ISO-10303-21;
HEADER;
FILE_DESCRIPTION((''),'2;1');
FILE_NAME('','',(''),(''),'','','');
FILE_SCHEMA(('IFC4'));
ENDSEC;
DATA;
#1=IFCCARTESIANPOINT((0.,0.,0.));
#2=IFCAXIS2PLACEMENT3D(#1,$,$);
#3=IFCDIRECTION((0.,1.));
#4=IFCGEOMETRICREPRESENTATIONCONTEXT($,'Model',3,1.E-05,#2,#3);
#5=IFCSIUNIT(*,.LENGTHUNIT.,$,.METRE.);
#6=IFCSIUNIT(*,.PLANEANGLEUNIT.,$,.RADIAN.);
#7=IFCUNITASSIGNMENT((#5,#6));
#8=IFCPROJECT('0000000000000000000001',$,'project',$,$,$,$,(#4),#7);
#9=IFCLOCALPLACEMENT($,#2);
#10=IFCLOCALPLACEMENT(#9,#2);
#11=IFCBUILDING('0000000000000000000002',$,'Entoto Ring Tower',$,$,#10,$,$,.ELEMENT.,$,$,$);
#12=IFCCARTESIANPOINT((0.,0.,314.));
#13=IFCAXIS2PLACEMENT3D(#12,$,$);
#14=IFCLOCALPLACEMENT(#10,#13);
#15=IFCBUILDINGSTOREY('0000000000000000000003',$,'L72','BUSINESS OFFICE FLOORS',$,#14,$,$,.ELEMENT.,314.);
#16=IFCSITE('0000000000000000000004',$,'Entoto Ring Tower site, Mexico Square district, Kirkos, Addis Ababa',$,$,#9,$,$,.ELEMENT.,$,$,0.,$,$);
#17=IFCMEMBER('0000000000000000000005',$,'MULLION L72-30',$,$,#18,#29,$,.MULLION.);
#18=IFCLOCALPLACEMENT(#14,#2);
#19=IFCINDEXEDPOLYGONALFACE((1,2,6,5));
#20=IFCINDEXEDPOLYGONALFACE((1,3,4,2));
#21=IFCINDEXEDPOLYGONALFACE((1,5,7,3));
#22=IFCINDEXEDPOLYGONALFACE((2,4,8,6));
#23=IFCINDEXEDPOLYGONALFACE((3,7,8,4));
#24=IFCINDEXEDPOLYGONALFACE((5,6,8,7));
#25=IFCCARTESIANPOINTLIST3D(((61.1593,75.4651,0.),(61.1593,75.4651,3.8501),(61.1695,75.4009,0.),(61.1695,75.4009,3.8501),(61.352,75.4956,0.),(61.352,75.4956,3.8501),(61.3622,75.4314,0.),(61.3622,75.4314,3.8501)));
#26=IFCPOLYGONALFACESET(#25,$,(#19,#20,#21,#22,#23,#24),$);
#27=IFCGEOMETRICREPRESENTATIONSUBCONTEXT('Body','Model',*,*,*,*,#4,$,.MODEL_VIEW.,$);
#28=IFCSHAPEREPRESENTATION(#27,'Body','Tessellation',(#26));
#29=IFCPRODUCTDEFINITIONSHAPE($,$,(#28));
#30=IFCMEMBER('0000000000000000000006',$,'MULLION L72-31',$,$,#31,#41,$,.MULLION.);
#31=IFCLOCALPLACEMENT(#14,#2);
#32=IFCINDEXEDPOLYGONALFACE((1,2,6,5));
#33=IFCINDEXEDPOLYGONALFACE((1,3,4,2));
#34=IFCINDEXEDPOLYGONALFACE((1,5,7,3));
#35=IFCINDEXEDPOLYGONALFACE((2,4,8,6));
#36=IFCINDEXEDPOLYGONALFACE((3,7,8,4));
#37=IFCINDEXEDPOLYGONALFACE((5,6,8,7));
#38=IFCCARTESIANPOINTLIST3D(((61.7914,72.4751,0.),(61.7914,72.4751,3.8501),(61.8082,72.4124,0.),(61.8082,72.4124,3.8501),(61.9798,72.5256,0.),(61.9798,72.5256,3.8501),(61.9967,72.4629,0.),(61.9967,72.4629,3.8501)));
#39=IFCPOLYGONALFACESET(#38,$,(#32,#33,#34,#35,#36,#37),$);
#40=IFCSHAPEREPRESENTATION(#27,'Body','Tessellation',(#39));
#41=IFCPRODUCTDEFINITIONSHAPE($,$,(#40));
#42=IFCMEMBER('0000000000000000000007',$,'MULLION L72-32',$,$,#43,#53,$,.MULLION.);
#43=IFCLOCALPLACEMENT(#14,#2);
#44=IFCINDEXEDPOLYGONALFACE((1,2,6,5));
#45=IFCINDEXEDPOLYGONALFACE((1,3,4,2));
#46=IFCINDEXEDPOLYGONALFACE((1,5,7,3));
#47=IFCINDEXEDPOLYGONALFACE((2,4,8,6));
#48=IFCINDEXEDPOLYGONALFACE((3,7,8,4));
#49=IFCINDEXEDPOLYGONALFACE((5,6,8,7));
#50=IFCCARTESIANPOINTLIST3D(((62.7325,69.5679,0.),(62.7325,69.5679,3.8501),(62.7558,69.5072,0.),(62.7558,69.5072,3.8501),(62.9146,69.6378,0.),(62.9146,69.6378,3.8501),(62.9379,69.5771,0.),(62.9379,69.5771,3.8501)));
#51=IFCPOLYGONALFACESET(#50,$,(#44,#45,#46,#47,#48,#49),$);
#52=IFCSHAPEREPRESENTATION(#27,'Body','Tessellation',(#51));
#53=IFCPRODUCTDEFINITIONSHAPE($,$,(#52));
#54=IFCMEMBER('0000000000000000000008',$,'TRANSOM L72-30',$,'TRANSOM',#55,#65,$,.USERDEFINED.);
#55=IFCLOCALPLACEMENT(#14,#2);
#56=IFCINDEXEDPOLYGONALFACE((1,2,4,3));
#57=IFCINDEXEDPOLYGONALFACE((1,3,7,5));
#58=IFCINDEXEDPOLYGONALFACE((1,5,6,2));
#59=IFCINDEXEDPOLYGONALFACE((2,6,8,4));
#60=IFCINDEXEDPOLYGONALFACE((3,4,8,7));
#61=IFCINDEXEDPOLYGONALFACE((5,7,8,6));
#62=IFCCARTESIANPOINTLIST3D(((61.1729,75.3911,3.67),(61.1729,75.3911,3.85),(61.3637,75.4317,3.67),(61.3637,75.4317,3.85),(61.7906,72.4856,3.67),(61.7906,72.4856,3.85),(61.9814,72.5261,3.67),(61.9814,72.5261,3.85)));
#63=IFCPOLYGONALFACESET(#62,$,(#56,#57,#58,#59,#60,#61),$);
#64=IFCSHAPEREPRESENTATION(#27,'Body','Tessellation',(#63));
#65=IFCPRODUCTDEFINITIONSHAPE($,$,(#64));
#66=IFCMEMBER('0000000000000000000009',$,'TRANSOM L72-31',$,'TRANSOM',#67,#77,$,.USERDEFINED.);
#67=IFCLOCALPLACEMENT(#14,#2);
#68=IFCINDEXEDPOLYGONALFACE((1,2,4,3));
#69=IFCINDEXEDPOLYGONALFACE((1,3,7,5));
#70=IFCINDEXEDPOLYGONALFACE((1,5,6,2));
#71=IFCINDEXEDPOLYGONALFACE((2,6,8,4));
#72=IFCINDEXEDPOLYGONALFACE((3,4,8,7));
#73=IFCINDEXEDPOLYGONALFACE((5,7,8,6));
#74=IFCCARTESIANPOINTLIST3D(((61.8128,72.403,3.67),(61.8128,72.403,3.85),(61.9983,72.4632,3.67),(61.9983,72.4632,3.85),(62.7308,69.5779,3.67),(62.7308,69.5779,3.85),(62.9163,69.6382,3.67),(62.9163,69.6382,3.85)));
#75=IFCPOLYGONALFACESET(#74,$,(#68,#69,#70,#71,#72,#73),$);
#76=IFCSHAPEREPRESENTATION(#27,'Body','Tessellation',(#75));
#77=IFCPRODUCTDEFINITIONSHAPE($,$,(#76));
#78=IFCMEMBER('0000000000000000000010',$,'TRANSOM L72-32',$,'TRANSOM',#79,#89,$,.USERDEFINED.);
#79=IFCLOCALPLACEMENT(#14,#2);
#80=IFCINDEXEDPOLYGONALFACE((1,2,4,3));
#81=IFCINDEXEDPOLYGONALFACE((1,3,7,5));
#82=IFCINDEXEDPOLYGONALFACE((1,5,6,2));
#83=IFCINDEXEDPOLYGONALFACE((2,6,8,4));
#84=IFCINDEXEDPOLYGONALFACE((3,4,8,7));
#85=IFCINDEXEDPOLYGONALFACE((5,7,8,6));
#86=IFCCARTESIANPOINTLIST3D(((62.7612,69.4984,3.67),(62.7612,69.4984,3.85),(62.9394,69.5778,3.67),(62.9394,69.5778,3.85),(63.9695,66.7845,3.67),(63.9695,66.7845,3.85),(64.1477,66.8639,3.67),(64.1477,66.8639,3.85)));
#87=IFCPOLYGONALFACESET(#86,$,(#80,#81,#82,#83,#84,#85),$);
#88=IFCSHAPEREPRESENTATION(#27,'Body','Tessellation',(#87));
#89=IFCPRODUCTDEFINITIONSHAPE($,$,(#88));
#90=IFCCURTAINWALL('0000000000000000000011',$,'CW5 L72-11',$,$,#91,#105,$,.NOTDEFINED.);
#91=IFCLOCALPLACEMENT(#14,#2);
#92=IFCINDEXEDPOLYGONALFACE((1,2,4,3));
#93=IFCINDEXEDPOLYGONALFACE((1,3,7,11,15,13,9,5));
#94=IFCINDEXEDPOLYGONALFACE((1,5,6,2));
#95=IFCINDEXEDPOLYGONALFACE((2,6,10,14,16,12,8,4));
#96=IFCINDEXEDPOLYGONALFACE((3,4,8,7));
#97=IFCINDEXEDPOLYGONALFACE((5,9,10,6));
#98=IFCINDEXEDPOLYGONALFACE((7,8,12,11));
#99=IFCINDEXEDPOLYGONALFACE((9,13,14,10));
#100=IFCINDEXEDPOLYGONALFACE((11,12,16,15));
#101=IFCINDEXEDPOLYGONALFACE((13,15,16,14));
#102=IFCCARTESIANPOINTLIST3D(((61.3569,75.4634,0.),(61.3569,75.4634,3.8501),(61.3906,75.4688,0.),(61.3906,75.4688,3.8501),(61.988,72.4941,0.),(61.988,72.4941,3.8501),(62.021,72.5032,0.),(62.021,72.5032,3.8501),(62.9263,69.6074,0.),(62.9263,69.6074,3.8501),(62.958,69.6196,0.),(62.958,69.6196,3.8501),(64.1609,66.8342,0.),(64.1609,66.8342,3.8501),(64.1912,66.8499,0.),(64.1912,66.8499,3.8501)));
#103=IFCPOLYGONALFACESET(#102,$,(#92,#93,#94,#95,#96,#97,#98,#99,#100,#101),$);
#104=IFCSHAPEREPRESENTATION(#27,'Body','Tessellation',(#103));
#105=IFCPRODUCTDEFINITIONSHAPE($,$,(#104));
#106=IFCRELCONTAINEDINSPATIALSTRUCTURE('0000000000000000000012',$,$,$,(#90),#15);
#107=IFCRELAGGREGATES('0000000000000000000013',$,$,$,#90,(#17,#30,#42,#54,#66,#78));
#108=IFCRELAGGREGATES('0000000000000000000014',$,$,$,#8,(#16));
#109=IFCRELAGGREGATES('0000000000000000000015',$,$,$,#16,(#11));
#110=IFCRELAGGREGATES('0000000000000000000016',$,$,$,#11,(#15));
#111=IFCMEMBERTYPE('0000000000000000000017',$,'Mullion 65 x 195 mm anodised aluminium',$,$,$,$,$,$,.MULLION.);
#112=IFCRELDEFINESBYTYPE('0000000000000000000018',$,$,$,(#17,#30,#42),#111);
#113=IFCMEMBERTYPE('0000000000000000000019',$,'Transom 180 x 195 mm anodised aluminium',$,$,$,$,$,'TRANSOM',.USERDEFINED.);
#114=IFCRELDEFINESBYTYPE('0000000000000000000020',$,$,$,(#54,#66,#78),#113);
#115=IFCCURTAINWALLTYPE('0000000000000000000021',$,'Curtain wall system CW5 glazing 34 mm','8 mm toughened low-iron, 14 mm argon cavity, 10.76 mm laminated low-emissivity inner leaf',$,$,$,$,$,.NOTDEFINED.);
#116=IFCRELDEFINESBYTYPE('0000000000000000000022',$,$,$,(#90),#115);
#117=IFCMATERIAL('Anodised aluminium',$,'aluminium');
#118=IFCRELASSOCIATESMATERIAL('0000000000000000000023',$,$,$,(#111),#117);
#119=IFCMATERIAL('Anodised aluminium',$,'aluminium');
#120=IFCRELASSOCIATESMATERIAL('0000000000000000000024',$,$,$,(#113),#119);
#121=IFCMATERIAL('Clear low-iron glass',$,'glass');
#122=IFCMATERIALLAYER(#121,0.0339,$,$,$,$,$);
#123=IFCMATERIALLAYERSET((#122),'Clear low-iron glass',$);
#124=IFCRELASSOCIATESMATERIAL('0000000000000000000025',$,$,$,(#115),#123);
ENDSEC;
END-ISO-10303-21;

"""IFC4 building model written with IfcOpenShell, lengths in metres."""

from ifc_helpers import new_model, si_unit, direction, frame, origin, origin_2d, place, context, subcontext, project, spatial, polyline, rectangle, outline, extrude, material, layer, layer_set, material_profile, profile_set, type_object, element, aggregate, save


model = new_model("IFC4")

# Units and contexts
model_context = context("Model", 3, precision=1e-05, world=origin(), true_north=direction((0.0, 1.0)))
body_context = subcontext(model_context, "Body", "Model", "MODEL_VIEW")
ifc_project = project(units=[si_unit("LENGTHUNIT", "METRE"), si_unit("PLANEANGLEUNIT", "RADIAN")], contexts=[model_context])

# Members
ifc_material_1 = material(Name="Anodised aluminium", Category="aluminium")
ifc_material_profile_1 = material_profile(ifc_material_1, rectangle(XDim=0.0649, YDim=0.1951, at=origin_2d()), Name="Mullion 65 x 195 mm anodised aluminium")
ifc_profile_set_1 = profile_set([ifc_material_profile_1], Name="Anodised aluminium")
member_type_1 = type_object("IfcMemberType", Name="Mullion 65 x 195 mm anodised aluminium", PredefinedType="MULLION", material=ifc_profile_set_1)
site_placement = place(None, origin())
building_placement = place(site_placement, origin())
storey_placement = place(building_placement, frame((0.0, 0.0, 314.0)))
member_1_placement = place(storey_placement, frame((61.2607, 75.4482, 0.0), z_axis=(0.0, 0.0, 1.0), x_axis=(0.156434, -0.987688, 0.0)))
member_1 = element("IfcMember", 1, at=member_1_placement, type_object=member_type_1, Name="MULLION L72-30", PredefinedType="MULLION", context=body_context, shape_type="SweptSolid", body=[
    extrude(rectangle(XDim=0.0649, YDim=0.1951, at=origin_2d()), origin(), (0.0, 0.0, 1.0), 3.8501),
])
member_2_placement = place(storey_placement, frame((61.894, 72.469, 0.0), z_axis=(0.0, 0.0, 1.0), x_axis=(0.258819, -0.965926, 0.0)))
member_2 = element("IfcMember", 2, at=member_2_placement, type_object=member_type_1, Name="MULLION L72-31", PredefinedType="MULLION", context=body_context, shape_type="SweptSolid", body=[
    extrude(rectangle(XDim=0.0649, YDim=0.1951, at=origin_2d()), origin(), (0.0, 0.0, 1.0), 3.8501),
])
member_3_placement = place(storey_placement, frame((62.8352, 69.5725, 0.0), z_axis=(0.0, 0.0, 1.0), x_axis=(0.358368, -0.93358, 0.0)))
member_3 = element("IfcMember", 3, at=member_3_placement, type_object=member_type_1, Name="MULLION L72-32", PredefinedType="MULLION", context=body_context, shape_type="SweptSolid", body=[
    extrude(rectangle(XDim=0.0649, YDim=0.1951, at=origin_2d()), origin(), (0.0, 0.0, 1.0), 3.8501),
])
ifc_material_2 = material(Name="Anodised aluminium", Category="aluminium")
ifc_material_profile_2 = material_profile(ifc_material_2, rectangle(XDim=0.1951, YDim=0.1799, at=origin_2d()), Name="Transom 180 x 195 mm anodised aluminium")
ifc_profile_set_2 = profile_set([ifc_material_profile_2], Name="Anodised aluminium")
member_type_2 = type_object("IfcMemberType", Name="Transom 180 x 195 mm anodised aluminium", ElementType="TRANSOM", PredefinedType="USERDEFINED", material=ifc_profile_set_2)
member_4_placement = place(storey_placement, frame((61.2683, 75.4114, 3.76), z_axis=(0.20794, -0.978142, 0.0), x_axis=(0.978142, 0.20794, 0.0)))
member_4 = element("IfcMember", 4, at=member_4_placement, type_object=member_type_2, Name="TRANSOM L72-30", ObjectType="TRANSOM", PredefinedType="USERDEFINED", context=body_context, shape_type="SweptSolid", body=[
    extrude(rectangle(XDim=0.1951, YDim=0.1799, at=origin_2d()), origin(), (0.0, 0.0, 1.0), 2.9705),
])
member_5_placement = place(storey_placement, frame((61.9055, 72.4331, 3.76), z_axis=(0.309043, -0.951048, 0.0), x_axis=(0.951048, 0.309043, 0.0)))
member_5 = element("IfcMember", 5, at=member_5_placement, type_object=member_type_2, Name="TRANSOM L72-31", ObjectType="TRANSOM", PredefinedType="USERDEFINED", context=body_context, shape_type="SweptSolid", body=[
    extrude(rectangle(XDim=0.1951, YDim=0.1799, at=origin_2d()), origin(), (0.0, 0.0, 1.0), 2.9705),
])
member_6_placement = place(storey_placement, frame((62.8503, 69.5381, 3.76), z_axis=(0.406726, -0.91355, 0.0), x_axis=(0.91355, 0.406726, 0.0)))
member_6 = element("IfcMember", 6, at=member_6_placement, type_object=member_type_2, Name="TRANSOM L72-32", ObjectType="TRANSOM", PredefinedType="USERDEFINED", context=body_context, shape_type="SweptSolid", body=[
    extrude(rectangle(XDim=0.1951, YDim=0.1799, at=origin_2d()), origin(), (0.0, 0.0, 1.0), 2.9707),
])

# Site, building, storey
site = spatial("IfcSite", under=ifc_project, at=site_placement, Name="Entoto Ring Tower site, Mexico Square district, Kirkos, Addis Ababa", CompositionType="ELEMENT", RefElevation=0.0)
building = spatial("IfcBuilding", under=site, at=building_placement, Name="Entoto Ring Tower", CompositionType="ELEMENT")
storey = spatial("IfcBuildingStorey", under=building, at=storey_placement, Name="L72", Description="BUSINESS OFFICE FLOORS", CompositionType="ELEMENT", Elevation=314.0)

# Curtain wall
ifc_material_3 = material(Name="Clear low-iron glass", Category="glass")
ifc_layer = layer(ifc_material_3, 0.0339)
ifc_layer_set = layer_set([ifc_layer], Name="Clear low-iron glass")
curtain_wall_type = type_object("IfcCurtainWallType", Name="Curtain wall system CW5 glazing 34 mm", Description="8 mm toughened low-iron, 14 mm argon cavity, 10.76 mm laminated low-emissivity inner leaf", PredefinedType="NOTDEFINED", material=ifc_layer_set)
curtain_wall_1_placement = place(storey_placement, origin())
curtain_wall_1 = element("IfcCurtainWall", 7, at=curtain_wall_1_placement, inside=storey, type_object=curtain_wall_type, Name="CW5 L72-11", PredefinedType="NOTDEFINED", context=body_context, shape_type="SweptSolid", body=[
    extrude(outline(polyline([(61.3569, 75.4634), (61.988, 72.4941), (62.9263, 69.6074), (64.1609, 66.8342), (64.1912, 66.8499), (62.958, 69.6196), (62.021, 72.5032), (61.3906, 75.4688), (61.3569, 75.4634)])), origin(), (0.0, 0.0, 1.0), 3.8501),
])
aggregate(curtain_wall_1, [member_1, member_2, member_3, member_4, member_5, member_6])

save(model, "model.ifc")
